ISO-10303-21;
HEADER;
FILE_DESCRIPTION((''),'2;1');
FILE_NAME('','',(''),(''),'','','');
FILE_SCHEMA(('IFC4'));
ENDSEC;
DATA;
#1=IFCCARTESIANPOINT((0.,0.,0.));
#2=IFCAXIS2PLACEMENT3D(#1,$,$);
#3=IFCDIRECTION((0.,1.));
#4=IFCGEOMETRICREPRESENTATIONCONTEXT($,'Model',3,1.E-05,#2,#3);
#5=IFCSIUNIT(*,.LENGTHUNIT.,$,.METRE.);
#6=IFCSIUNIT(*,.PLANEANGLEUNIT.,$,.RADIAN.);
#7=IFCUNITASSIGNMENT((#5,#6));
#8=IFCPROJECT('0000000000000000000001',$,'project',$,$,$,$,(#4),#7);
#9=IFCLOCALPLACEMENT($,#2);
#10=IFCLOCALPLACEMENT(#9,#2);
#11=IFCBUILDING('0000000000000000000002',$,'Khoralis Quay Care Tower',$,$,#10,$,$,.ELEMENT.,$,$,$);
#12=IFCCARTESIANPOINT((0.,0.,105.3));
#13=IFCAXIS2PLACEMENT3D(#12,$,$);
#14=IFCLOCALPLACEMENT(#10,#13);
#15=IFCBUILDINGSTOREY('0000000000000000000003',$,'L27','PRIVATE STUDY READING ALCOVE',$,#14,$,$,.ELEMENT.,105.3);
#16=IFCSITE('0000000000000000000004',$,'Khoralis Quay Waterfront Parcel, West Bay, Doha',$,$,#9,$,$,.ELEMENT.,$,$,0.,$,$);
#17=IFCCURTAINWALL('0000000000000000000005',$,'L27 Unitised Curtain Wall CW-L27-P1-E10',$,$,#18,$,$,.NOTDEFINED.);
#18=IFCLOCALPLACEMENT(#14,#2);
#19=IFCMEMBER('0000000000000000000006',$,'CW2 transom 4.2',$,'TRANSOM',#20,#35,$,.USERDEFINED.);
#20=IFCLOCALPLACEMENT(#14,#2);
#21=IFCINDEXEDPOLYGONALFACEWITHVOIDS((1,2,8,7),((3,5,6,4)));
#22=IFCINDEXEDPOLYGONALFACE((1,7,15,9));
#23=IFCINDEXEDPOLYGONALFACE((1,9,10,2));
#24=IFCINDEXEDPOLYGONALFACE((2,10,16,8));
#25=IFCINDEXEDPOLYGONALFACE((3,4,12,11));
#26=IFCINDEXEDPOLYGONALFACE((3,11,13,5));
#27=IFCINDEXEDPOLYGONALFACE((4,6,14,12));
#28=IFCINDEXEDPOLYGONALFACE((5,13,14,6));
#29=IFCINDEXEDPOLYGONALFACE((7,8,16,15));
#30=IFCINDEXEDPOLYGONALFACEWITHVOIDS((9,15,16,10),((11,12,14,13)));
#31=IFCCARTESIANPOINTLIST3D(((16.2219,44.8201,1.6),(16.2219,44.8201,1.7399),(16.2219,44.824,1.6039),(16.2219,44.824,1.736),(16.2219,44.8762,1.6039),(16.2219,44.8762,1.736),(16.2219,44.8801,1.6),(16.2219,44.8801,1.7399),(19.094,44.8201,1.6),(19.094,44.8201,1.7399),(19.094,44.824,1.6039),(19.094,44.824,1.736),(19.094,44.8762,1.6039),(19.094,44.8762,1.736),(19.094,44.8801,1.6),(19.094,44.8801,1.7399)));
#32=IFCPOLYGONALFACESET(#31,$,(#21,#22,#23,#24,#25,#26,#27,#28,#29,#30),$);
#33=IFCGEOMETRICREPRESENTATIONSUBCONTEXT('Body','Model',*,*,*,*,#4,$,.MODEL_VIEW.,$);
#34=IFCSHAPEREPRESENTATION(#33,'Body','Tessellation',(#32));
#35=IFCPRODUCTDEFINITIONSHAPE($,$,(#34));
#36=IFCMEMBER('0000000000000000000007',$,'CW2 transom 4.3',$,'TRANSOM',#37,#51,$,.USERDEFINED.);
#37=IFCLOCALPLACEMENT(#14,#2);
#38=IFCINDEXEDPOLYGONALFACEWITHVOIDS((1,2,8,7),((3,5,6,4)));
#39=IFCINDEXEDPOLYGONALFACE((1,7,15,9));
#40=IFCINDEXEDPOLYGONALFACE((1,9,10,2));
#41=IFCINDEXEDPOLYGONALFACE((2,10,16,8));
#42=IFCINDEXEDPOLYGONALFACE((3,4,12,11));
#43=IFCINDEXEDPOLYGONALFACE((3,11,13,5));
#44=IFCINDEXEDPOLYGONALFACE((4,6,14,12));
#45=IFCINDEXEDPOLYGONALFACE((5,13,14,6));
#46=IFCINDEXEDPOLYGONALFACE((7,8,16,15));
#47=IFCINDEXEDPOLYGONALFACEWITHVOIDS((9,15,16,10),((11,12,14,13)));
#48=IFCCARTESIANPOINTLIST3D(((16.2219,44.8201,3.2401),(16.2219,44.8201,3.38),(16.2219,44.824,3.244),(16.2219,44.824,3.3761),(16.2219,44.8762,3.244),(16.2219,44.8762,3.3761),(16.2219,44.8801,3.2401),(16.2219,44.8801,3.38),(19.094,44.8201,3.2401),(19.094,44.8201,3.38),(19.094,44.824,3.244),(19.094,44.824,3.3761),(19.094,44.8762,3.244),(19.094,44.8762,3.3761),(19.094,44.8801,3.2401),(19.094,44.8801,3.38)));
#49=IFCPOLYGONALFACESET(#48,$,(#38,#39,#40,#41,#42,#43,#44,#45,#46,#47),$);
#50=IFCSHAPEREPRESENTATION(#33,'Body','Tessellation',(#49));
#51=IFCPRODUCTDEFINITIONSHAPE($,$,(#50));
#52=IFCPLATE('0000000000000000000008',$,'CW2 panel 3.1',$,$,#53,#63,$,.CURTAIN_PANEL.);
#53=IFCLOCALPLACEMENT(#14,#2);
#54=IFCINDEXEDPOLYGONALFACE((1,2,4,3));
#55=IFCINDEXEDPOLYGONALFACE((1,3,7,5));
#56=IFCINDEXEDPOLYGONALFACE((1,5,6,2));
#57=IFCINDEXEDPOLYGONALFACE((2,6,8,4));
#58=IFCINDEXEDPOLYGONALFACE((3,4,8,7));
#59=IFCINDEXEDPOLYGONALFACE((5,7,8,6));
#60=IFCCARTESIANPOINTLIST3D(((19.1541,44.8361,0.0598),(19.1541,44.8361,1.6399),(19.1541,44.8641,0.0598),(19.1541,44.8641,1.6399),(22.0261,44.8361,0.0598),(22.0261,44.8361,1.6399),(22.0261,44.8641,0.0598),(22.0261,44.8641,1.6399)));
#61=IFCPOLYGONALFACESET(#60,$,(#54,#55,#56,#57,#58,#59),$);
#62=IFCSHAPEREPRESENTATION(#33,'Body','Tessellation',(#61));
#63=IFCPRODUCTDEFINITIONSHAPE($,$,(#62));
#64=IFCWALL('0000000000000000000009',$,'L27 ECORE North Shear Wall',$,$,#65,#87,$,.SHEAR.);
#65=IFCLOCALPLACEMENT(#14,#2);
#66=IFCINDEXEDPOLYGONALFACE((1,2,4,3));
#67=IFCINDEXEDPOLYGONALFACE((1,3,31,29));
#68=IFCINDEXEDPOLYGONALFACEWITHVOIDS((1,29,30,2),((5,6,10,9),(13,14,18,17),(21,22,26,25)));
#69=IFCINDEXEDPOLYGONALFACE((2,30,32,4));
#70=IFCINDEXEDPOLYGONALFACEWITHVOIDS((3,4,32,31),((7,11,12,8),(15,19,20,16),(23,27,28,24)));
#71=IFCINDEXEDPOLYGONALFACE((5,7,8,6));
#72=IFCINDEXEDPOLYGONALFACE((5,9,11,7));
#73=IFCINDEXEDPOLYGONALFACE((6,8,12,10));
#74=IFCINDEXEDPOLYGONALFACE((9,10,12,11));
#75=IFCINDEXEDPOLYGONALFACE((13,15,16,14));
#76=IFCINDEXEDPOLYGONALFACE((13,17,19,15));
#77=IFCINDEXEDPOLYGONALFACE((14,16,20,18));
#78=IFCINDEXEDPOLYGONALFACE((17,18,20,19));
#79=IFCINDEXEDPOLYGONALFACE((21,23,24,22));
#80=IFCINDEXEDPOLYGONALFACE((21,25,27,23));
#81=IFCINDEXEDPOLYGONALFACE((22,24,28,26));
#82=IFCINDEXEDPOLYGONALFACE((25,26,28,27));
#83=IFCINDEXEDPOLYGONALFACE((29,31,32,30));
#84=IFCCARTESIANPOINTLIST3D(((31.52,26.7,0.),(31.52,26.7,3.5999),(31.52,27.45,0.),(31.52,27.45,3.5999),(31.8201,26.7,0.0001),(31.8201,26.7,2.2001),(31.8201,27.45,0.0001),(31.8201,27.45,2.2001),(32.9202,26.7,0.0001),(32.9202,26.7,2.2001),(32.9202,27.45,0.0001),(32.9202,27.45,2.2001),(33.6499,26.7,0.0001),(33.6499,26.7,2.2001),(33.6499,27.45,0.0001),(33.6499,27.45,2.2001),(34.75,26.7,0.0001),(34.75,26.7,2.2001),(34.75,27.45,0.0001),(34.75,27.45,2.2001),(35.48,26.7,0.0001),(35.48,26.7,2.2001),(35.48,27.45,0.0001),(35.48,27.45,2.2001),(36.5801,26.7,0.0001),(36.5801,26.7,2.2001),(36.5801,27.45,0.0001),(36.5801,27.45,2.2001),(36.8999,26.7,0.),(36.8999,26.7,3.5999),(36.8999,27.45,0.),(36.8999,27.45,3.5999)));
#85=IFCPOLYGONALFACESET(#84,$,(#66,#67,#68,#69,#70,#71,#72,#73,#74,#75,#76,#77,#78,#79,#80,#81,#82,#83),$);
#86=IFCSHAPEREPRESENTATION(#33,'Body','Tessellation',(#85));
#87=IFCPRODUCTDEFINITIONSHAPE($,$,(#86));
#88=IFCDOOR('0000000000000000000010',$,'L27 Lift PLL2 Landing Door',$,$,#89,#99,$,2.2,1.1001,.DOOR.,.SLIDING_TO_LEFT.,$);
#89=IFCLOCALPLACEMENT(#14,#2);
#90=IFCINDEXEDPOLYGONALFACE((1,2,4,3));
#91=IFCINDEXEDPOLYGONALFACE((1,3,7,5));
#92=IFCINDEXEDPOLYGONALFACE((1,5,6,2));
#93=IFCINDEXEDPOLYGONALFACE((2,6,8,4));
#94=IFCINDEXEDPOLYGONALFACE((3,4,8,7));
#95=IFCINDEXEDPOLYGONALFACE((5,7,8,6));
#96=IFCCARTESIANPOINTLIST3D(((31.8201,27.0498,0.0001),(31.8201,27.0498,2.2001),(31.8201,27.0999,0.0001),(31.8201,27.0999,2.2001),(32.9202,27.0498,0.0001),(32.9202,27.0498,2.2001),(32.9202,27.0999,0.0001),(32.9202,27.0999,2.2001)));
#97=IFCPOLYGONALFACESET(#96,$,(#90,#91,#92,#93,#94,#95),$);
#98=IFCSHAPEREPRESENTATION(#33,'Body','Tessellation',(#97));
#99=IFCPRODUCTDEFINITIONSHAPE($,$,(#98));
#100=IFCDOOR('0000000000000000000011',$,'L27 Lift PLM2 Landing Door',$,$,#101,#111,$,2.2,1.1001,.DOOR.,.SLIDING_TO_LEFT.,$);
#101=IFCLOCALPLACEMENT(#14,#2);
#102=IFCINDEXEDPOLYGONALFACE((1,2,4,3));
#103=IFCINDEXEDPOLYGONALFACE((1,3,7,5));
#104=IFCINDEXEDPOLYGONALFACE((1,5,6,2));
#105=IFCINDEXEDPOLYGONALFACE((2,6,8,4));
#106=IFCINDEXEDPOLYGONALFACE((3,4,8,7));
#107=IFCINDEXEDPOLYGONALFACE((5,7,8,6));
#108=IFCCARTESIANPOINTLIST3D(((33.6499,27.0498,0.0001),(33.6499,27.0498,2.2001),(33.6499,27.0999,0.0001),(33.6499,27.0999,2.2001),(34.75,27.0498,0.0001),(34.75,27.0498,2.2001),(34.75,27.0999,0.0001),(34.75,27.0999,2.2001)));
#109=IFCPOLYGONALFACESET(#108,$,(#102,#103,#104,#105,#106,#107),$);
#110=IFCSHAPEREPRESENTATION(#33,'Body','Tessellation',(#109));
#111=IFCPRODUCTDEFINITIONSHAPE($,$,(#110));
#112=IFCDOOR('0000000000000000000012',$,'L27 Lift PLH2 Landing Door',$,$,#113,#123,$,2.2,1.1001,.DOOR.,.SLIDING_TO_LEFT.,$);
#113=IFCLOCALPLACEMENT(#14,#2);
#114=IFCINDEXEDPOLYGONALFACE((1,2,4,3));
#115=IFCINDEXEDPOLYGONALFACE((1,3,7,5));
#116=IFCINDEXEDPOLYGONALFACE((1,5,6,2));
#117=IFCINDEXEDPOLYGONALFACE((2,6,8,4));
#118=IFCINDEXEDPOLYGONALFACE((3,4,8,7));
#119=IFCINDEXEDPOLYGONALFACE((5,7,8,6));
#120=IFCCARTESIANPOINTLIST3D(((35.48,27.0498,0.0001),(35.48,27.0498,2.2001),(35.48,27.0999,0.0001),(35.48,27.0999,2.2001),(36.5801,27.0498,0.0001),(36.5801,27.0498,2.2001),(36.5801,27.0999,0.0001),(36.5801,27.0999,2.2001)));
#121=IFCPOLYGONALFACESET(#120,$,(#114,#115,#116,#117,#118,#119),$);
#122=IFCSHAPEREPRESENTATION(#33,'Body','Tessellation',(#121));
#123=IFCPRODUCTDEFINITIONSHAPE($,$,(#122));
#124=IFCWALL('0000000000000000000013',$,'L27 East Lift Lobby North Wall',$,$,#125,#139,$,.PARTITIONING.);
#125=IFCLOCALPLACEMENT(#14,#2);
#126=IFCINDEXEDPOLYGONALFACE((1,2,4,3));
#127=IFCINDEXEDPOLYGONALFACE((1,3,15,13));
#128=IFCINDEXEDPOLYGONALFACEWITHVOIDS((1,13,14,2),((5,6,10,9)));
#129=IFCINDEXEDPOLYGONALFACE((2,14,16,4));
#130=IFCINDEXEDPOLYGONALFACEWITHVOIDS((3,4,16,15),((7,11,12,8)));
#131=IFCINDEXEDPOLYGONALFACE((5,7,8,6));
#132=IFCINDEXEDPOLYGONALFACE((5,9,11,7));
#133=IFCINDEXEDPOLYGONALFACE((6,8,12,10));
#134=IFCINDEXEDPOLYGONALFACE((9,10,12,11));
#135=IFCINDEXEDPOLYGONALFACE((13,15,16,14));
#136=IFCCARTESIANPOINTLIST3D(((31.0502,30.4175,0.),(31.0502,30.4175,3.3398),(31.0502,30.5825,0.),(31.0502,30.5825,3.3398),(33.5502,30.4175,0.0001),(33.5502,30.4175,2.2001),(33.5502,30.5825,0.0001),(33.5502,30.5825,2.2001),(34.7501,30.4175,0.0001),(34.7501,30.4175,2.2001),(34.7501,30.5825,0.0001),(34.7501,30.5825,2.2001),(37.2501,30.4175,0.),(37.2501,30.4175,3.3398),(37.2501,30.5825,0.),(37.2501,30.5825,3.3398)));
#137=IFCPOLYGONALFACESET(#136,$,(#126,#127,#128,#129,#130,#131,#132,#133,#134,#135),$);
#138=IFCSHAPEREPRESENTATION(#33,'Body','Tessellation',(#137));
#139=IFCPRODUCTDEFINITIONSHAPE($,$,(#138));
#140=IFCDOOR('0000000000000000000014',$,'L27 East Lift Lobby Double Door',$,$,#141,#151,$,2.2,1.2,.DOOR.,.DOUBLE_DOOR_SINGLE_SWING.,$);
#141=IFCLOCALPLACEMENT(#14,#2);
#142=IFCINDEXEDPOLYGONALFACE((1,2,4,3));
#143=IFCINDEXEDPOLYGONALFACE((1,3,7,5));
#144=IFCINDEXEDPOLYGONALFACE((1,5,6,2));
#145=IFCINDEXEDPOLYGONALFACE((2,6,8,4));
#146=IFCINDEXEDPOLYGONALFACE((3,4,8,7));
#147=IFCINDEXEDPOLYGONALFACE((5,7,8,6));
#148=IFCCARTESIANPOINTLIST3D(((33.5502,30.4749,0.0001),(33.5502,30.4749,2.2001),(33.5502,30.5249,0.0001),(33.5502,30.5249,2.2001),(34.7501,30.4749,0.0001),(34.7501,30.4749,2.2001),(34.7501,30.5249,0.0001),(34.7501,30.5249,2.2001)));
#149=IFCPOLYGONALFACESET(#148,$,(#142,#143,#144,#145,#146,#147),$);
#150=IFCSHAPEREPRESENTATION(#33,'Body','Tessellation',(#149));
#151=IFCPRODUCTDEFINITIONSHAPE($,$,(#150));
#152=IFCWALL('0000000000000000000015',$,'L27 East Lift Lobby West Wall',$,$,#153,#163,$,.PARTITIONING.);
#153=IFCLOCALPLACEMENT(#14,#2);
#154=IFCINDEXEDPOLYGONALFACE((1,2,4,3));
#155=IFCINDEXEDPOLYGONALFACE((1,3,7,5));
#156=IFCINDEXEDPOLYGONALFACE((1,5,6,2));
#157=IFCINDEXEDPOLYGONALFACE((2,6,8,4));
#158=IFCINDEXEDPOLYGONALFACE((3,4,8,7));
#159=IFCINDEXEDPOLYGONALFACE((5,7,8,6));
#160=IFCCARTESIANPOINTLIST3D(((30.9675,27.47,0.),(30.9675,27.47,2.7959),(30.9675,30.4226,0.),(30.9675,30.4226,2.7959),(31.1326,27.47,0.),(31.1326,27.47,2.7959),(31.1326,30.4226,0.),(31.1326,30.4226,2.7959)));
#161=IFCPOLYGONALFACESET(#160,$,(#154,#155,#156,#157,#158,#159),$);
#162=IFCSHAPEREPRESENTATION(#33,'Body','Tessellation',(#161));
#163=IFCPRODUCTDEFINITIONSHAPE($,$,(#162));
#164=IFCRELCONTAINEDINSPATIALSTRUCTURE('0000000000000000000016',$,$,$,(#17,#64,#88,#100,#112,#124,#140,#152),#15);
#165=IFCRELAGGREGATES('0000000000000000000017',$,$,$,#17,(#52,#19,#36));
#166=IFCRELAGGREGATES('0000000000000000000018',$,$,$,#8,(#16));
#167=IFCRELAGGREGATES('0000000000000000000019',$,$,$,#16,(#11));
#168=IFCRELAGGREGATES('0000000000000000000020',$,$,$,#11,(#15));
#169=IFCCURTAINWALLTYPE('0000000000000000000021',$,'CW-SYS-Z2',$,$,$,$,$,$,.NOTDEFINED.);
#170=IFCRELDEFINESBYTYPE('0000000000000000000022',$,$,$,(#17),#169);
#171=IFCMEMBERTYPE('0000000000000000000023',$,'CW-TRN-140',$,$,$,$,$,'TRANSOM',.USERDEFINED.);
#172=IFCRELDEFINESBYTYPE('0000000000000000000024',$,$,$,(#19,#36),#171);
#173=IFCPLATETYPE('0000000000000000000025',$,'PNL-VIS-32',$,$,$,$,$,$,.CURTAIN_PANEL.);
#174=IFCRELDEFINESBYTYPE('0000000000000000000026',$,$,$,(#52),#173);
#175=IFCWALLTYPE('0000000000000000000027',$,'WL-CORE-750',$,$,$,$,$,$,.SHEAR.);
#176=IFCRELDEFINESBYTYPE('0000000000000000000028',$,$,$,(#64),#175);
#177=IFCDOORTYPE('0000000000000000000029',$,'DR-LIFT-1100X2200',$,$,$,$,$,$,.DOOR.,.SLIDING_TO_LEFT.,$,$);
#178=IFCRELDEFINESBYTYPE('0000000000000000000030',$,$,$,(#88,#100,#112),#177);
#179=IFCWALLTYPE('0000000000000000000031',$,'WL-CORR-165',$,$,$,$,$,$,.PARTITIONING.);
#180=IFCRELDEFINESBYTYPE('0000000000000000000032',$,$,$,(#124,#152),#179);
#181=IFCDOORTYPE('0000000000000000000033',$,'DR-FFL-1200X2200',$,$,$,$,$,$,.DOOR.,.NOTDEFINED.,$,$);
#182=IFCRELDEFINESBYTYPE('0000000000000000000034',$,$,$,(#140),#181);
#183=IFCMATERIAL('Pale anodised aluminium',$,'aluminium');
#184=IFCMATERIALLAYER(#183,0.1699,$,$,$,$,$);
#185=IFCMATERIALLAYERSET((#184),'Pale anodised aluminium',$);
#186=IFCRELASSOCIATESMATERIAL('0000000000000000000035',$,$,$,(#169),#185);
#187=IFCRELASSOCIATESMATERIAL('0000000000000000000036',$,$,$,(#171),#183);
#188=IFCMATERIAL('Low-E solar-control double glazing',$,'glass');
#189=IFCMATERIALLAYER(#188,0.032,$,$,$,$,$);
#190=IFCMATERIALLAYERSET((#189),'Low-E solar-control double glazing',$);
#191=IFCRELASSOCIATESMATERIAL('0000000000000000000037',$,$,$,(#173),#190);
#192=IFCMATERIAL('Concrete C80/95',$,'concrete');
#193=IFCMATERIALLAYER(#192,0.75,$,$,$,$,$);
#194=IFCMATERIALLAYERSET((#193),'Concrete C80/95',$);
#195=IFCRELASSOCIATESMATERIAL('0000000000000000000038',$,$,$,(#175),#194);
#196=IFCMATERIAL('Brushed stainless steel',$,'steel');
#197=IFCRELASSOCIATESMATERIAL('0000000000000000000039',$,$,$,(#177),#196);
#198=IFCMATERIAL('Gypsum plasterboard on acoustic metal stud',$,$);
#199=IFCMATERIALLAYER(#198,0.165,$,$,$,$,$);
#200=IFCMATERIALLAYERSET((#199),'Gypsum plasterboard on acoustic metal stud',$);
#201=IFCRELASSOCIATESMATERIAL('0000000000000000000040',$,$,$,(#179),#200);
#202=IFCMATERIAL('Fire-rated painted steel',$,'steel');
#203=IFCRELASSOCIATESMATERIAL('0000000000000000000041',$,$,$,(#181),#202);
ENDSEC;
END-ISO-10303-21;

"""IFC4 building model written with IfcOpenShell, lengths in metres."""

from ifc_helpers import new_model, si_unit, direction, frame, frame_2d, origin, origin_2d, place, context, subcontext, project, spatial, rectangle, hollow_rectangle, extrude, source, transform, mapped, material, layer, layer_set, material_profile, profile_set, type_object, element, fill, aggregate, save


model = new_model("IFC4")

# Units and contexts
model_context = context("Model", 3, precision=1e-05, world=origin(), true_north=direction((0.0, 1.0)))
body_context = subcontext(model_context, "Body", "Model", "MODEL_VIEW")
ifc_project = project(units=[si_unit("LENGTHUNIT", "METRE"), si_unit("PLANEANGLEUNIT", "RADIAN")], contexts=[model_context])

# Site, building, storey
site_placement = place(None, origin())
site = spatial("IfcSite", under=ifc_project, at=site_placement, Name="Khoralis Quay Waterfront Parcel, West Bay, Doha", CompositionType="ELEMENT", RefElevation=0.0)
building_placement = place(site_placement, origin())
building = spatial("IfcBuilding", under=site, at=building_placement, Name="Khoralis Quay Care Tower", CompositionType="ELEMENT")
storey_placement = place(building_placement, frame((0.0, 0.0, 105.3)))
storey = spatial("IfcBuildingStorey", under=building, at=storey_placement, Name="L27", Description="PRIVATE STUDY READING ALCOVE", CompositionType="ELEMENT", Elevation=105.3)

# Curtain wall, members, plate
ifc_material_1 = material(Name="Pale anodised aluminium", Category="aluminium")
ifc_layer_1 = layer(ifc_material_1, 0.1699)
ifc_layer_set_1 = layer_set([ifc_layer_1], Name="Pale anodised aluminium")
curtain_wall_type = type_object("IfcCurtainWallType", Name="CW-SYS-Z2", PredefinedType="NOTDEFINED", material=ifc_layer_set_1)
curtain_wall_placement = place(storey_placement, origin())
curtain_wall = element("IfcCurtainWall", 1, at=curtain_wall_placement, inside=storey, type_object=curtain_wall_type, Name="L27 Unitised Curtain Wall CW-L27-P1-E10", PredefinedType="NOTDEFINED")
ifc_material_profile_1 = material_profile(ifc_material_1, hollow_rectangle(XDim=0.0601, YDim=0.1399, WallThickness=0.0039, at=origin_2d()), Name="Pale anodised aluminium")
ifc_profile_set_1 = profile_set([ifc_material_profile_1], Name="Pale anodised aluminium")
member_type_1 = type_object("IfcMemberType", Name="CW-TRN-140", ElementType="TRANSOM", PredefinedType="USERDEFINED", material=ifc_profile_set_1)
shared_shape_1 = source(origin(), body_context, "Body", "SweptSolid", [
    extrude(hollow_rectangle(XDim=0.0601, YDim=0.1399, WallThickness=0.0039, at=origin_2d()), origin(), (0.0, 0.0, 1.0), 2.8721),
])
member_1_placement = place(storey_placement, frame((19.094, 44.8501, 1.6699), z_axis=(-1.0, 0.0, 0.0), x_axis=(0.0, -1.0, 0.0)))
member_1 = element("IfcMember", 2, at=member_1_placement, type_object=member_type_1, Name="CW2 transom 4.2", ObjectType="TRANSOM", PredefinedType="USERDEFINED", context=body_context, shape_type="MappedRepresentation", body=[
    mapped(shared_shape_1, transform((0.0, 0.0, 0.0), scale=1.0)),
])
member_2_placement = place(storey_placement, frame((19.094, 44.8501, 3.3101), z_axis=(-1.0, 0.0, 0.0), x_axis=(0.0, -1.0, 0.0)))
member_2 = element("IfcMember", 3, at=member_2_placement, type_object=member_type_1, Name="CW2 transom 4.3", ObjectType="TRANSOM", PredefinedType="USERDEFINED", context=body_context, shape_type="MappedRepresentation", body=[
    mapped(shared_shape_1, transform((0.0, 0.0, 0.0), scale=1.0)),
])
ifc_material_2 = material(Name="Low-E solar-control double glazing", Category="glass")
ifc_layer_2 = layer(ifc_material_2, 0.032)
ifc_layer_set_2 = layer_set([ifc_layer_2], Name="Low-E solar-control double glazing")
plate_type = type_object("IfcPlateType", Name="PNL-VIS-32", PredefinedType="CURTAIN_PANEL", material=ifc_layer_set_2)
shared_shape_2 = source(origin(), body_context, "Body", "SweptSolid", [
    extrude(rectangle(XDim=2.8721, YDim=0.0281, at=origin_2d()), origin(), (0.0, 0.0, 1.0), 1.5801),
])
plate_placement = place(storey_placement, frame((20.5901, 44.8501, 0.0598), z_axis=(0.0, 0.0, 1.0), x_axis=(-1.0, 0.0, 0.0)))
plate = element("IfcPlate", 4, at=plate_placement, type_object=plate_type, Name="CW2 panel 3.1", PredefinedType="CURTAIN_PANEL", context=body_context, shape_type="MappedRepresentation", body=[
    mapped(shared_shape_2, transform((0.0, 0.0, 0.0), scale=1.0)),
])
aggregate(curtain_wall, [plate, member_1, member_2])

# Wall, openings, doors
ifc_material_3 = material(Name="Concrete C80/95", Category="concrete")
ifc_layer_3 = layer(ifc_material_3, 0.75)
ifc_layer_set_3 = layer_set([ifc_layer_3], Name="Concrete C80/95")
wall_type_1 = type_object("IfcWallType", Name="WL-CORE-750", PredefinedType="SHEAR", material=ifc_layer_set_3)
wall_1_placement = place(storey_placement, frame((31.52, 27.075, 0.0), z_axis=(0.0, 0.0, 1.0), x_axis=(1.0, 0.0, 0.0)))
wall_1 = element("IfcWall", 5, at=wall_1_placement, inside=storey, type_object=wall_type_1, Name="L27 ECORE North Shear Wall", PredefinedType="SHEAR", context=body_context, shape_type="SweptSolid", body=[
    extrude(rectangle(XDim=5.3799, YDim=0.75, at=frame_2d((2.6899, 0.0))), origin(), (0.0, 0.0, 1.0), 3.5999),
])
opening_1_placement = place(wall_1_placement, frame((0.3, 0.0, 0.0)))
opening_1 = element("IfcOpeningElement", 6, at=opening_1_placement, cuts=wall_1, PredefinedType="OPENING", context=body_context, shape_type="SweptSolid", body=[
    extrude(rectangle(XDim=1.1001, YDim=2.2, at=frame_2d((0.55, 1.1001))), frame((0.0, 0.385, 0.0), z_axis=(0.0, -1.0, 0.0), x_axis=(1.0, 0.0, 0.0)), (0.0, 0.0, 1.0), 0.77),
])
opening_2_placement = place(wall_1_placement, frame((2.1299, 0.0, 0.0)))
opening_2 = element("IfcOpeningElement", 7, at=opening_2_placement, cuts=wall_1, PredefinedType="OPENING", context=body_context, shape_type="SweptSolid", body=[
    extrude(rectangle(XDim=1.1001, YDim=2.2, at=frame_2d((0.55, 1.1001))), frame((0.0, 0.385, 0.0), z_axis=(0.0, -1.0, 0.0), x_axis=(1.0, 0.0, 0.0)), (0.0, 0.0, 1.0), 0.77),
])
opening_3_placement = place(wall_1_placement, frame((3.96, 0.0, 0.0)))
opening_3 = element("IfcOpeningElement", 8, at=opening_3_placement, cuts=wall_1, PredefinedType="OPENING", context=body_context, shape_type="SweptSolid", body=[
    extrude(rectangle(XDim=1.1001, YDim=2.2, at=frame_2d((0.55, 1.1001))), frame((0.0, 0.385, 0.0), z_axis=(0.0, -1.0, 0.0), x_axis=(1.0, 0.0, 0.0)), (0.0, 0.0, 1.0), 0.77),
])
ifc_material_4 = material(Name="Brushed stainless steel", Category="steel")
door_type_1 = type_object("IfcDoorType", Name="DR-LIFT-1100X2200", OperationType="SLIDING_TO_LEFT", PredefinedType="DOOR", material=ifc_material_4)
shared_shape_3 = source(origin(), body_context, "Body", "SweptSolid", [
    extrude(rectangle(XDim=1.1001, YDim=2.2, at=frame_2d((0.55, 1.1001))), frame((0.0, 0.0249, 0.0), z_axis=(0.0, -1.0, 0.0), x_axis=(1.0, 0.0, 0.0)), (0.0, 0.0, 1.0), 0.05),
])
door_1_placement = place(opening_1_placement, origin())
door_1 = element("IfcDoor", 9, at=door_1_placement, inside=storey, type_object=door_type_1, Name="L27 Lift PLL2 Landing Door", OperationType="SLIDING_TO_LEFT", OverallHeight=2.2, OverallWidth=1.1001, PredefinedType="DOOR", context=body_context, shape_type="MappedRepresentation", body=[
    mapped(shared_shape_3, transform((0.0, 0.0, 0.0), scale=1.0)),
])
fill(opening_1, door_1)
door_2_placement = place(opening_2_placement, origin())
door_2 = element("IfcDoor", 10, at=door_2_placement, inside=storey, type_object=door_type_1, Name="L27 Lift PLM2 Landing Door", OperationType="SLIDING_TO_LEFT", OverallHeight=2.2, OverallWidth=1.1001, PredefinedType="DOOR", context=body_context, shape_type="MappedRepresentation", body=[
    mapped(shared_shape_3, transform((0.0, 0.0, 0.0), scale=1.0)),
])
fill(opening_2, door_2)
door_3_placement = place(opening_3_placement, origin())
door_3 = element("IfcDoor", 11, at=door_3_placement, inside=storey, type_object=door_type_1, Name="L27 Lift PLH2 Landing Door", OperationType="SLIDING_TO_LEFT", OverallHeight=2.2, OverallWidth=1.1001, PredefinedType="DOOR", context=body_context, shape_type="MappedRepresentation", body=[
    mapped(shared_shape_3, transform((0.0, 0.0, 0.0), scale=1.0)),
])
fill(opening_3, door_3)

# Wall, opening, door
ifc_material_5 = material(Name="Gypsum plasterboard on acoustic metal stud")
ifc_layer_4 = layer(ifc_material_5, 0.165)
ifc_layer_set_4 = layer_set([ifc_layer_4], Name="Gypsum plasterboard on acoustic metal stud")
wall_type_2 = type_object("IfcWallType", Name="WL-CORR-165", PredefinedType="PARTITIONING", material=ifc_layer_set_4)
wall_2_placement = place(storey_placement, frame((31.05, 30.5, 0.0), z_axis=(0.0, 0.0, 1.0), x_axis=(1.0, 0.0, 0.0)))
wall_2 = element("IfcWall", 12, at=wall_2_placement, inside=storey, type_object=wall_type_2, Name="L27 East Lift Lobby North Wall", PredefinedType="PARTITIONING", context=body_context, shape_type="SweptSolid", body=[
    extrude(rectangle(XDim=6.2, YDim=0.165, at=frame_2d((3.1001, 0.0))), origin(), (0.0, 0.0, 1.0), 3.3398),
])
opening_4_placement = place(wall_2_placement, frame((2.5, 0.0, 0.0)))
opening_4 = element("IfcOpeningElement", 13, at=opening_4_placement, cuts=wall_2, PredefinedType="OPENING", context=body_context, shape_type="SweptSolid", body=[
    extrude(rectangle(XDim=1.2, YDim=2.2, at=frame_2d((0.6001, 1.1001))), frame((0.0, 0.0925, 0.0), z_axis=(0.0, -1.0, 0.0), x_axis=(1.0, 0.0, 0.0)), (0.0, 0.0, 1.0), 0.1851),
])
ifc_material_6 = material(Name="Fire-rated painted steel", Category="steel")
door_type_2 = type_object("IfcDoorType", Name="DR-FFL-1200X2200", OperationType="NOTDEFINED", PredefinedType="DOOR", material=ifc_material_6)
shared_shape_4 = source(origin(), body_context, "Body", "SweptSolid", [
    extrude(rectangle(XDim=1.2, YDim=2.2, at=frame_2d((0.6001, 1.1001))), frame((0.0, 0.0249, 0.0), z_axis=(0.0, -1.0, 0.0), x_axis=(1.0, 0.0, 0.0)), (0.0, 0.0, 1.0), 0.05),
])
door_4_placement = place(opening_4_placement, origin())
door_4 = element("IfcDoor", 14, at=door_4_placement, inside=storey, type_object=door_type_2, Name="L27 East Lift Lobby Double Door", OperationType="DOUBLE_DOOR_SINGLE_SWING", OverallHeight=2.2, OverallWidth=1.2, PredefinedType="DOOR", context=body_context, shape_type="MappedRepresentation", body=[
    mapped(shared_shape_4, transform((0.0, 0.0, 0.0), scale=1.0)),
])
fill(opening_4, door_4)

# Wall
wall_3_placement = place(storey_placement, frame((31.05, 27.47, 0.0), z_axis=(0.0, 0.0, 1.0), x_axis=(0.0, 1.0, 0.0)))
element("IfcWall", 15, at=wall_3_placement, inside=storey, type_object=wall_type_2, Name="L27 East Lift Lobby West Wall", PredefinedType="PARTITIONING", context=body_context, shape_type="SweptSolid", body=[
    extrude(rectangle(XDim=2.9526, YDim=0.165, at=frame_2d((1.4763, 0.0))), origin(), (0.0, 0.0, 1.0), 2.7959),
])

save(model, "model.ifc")
